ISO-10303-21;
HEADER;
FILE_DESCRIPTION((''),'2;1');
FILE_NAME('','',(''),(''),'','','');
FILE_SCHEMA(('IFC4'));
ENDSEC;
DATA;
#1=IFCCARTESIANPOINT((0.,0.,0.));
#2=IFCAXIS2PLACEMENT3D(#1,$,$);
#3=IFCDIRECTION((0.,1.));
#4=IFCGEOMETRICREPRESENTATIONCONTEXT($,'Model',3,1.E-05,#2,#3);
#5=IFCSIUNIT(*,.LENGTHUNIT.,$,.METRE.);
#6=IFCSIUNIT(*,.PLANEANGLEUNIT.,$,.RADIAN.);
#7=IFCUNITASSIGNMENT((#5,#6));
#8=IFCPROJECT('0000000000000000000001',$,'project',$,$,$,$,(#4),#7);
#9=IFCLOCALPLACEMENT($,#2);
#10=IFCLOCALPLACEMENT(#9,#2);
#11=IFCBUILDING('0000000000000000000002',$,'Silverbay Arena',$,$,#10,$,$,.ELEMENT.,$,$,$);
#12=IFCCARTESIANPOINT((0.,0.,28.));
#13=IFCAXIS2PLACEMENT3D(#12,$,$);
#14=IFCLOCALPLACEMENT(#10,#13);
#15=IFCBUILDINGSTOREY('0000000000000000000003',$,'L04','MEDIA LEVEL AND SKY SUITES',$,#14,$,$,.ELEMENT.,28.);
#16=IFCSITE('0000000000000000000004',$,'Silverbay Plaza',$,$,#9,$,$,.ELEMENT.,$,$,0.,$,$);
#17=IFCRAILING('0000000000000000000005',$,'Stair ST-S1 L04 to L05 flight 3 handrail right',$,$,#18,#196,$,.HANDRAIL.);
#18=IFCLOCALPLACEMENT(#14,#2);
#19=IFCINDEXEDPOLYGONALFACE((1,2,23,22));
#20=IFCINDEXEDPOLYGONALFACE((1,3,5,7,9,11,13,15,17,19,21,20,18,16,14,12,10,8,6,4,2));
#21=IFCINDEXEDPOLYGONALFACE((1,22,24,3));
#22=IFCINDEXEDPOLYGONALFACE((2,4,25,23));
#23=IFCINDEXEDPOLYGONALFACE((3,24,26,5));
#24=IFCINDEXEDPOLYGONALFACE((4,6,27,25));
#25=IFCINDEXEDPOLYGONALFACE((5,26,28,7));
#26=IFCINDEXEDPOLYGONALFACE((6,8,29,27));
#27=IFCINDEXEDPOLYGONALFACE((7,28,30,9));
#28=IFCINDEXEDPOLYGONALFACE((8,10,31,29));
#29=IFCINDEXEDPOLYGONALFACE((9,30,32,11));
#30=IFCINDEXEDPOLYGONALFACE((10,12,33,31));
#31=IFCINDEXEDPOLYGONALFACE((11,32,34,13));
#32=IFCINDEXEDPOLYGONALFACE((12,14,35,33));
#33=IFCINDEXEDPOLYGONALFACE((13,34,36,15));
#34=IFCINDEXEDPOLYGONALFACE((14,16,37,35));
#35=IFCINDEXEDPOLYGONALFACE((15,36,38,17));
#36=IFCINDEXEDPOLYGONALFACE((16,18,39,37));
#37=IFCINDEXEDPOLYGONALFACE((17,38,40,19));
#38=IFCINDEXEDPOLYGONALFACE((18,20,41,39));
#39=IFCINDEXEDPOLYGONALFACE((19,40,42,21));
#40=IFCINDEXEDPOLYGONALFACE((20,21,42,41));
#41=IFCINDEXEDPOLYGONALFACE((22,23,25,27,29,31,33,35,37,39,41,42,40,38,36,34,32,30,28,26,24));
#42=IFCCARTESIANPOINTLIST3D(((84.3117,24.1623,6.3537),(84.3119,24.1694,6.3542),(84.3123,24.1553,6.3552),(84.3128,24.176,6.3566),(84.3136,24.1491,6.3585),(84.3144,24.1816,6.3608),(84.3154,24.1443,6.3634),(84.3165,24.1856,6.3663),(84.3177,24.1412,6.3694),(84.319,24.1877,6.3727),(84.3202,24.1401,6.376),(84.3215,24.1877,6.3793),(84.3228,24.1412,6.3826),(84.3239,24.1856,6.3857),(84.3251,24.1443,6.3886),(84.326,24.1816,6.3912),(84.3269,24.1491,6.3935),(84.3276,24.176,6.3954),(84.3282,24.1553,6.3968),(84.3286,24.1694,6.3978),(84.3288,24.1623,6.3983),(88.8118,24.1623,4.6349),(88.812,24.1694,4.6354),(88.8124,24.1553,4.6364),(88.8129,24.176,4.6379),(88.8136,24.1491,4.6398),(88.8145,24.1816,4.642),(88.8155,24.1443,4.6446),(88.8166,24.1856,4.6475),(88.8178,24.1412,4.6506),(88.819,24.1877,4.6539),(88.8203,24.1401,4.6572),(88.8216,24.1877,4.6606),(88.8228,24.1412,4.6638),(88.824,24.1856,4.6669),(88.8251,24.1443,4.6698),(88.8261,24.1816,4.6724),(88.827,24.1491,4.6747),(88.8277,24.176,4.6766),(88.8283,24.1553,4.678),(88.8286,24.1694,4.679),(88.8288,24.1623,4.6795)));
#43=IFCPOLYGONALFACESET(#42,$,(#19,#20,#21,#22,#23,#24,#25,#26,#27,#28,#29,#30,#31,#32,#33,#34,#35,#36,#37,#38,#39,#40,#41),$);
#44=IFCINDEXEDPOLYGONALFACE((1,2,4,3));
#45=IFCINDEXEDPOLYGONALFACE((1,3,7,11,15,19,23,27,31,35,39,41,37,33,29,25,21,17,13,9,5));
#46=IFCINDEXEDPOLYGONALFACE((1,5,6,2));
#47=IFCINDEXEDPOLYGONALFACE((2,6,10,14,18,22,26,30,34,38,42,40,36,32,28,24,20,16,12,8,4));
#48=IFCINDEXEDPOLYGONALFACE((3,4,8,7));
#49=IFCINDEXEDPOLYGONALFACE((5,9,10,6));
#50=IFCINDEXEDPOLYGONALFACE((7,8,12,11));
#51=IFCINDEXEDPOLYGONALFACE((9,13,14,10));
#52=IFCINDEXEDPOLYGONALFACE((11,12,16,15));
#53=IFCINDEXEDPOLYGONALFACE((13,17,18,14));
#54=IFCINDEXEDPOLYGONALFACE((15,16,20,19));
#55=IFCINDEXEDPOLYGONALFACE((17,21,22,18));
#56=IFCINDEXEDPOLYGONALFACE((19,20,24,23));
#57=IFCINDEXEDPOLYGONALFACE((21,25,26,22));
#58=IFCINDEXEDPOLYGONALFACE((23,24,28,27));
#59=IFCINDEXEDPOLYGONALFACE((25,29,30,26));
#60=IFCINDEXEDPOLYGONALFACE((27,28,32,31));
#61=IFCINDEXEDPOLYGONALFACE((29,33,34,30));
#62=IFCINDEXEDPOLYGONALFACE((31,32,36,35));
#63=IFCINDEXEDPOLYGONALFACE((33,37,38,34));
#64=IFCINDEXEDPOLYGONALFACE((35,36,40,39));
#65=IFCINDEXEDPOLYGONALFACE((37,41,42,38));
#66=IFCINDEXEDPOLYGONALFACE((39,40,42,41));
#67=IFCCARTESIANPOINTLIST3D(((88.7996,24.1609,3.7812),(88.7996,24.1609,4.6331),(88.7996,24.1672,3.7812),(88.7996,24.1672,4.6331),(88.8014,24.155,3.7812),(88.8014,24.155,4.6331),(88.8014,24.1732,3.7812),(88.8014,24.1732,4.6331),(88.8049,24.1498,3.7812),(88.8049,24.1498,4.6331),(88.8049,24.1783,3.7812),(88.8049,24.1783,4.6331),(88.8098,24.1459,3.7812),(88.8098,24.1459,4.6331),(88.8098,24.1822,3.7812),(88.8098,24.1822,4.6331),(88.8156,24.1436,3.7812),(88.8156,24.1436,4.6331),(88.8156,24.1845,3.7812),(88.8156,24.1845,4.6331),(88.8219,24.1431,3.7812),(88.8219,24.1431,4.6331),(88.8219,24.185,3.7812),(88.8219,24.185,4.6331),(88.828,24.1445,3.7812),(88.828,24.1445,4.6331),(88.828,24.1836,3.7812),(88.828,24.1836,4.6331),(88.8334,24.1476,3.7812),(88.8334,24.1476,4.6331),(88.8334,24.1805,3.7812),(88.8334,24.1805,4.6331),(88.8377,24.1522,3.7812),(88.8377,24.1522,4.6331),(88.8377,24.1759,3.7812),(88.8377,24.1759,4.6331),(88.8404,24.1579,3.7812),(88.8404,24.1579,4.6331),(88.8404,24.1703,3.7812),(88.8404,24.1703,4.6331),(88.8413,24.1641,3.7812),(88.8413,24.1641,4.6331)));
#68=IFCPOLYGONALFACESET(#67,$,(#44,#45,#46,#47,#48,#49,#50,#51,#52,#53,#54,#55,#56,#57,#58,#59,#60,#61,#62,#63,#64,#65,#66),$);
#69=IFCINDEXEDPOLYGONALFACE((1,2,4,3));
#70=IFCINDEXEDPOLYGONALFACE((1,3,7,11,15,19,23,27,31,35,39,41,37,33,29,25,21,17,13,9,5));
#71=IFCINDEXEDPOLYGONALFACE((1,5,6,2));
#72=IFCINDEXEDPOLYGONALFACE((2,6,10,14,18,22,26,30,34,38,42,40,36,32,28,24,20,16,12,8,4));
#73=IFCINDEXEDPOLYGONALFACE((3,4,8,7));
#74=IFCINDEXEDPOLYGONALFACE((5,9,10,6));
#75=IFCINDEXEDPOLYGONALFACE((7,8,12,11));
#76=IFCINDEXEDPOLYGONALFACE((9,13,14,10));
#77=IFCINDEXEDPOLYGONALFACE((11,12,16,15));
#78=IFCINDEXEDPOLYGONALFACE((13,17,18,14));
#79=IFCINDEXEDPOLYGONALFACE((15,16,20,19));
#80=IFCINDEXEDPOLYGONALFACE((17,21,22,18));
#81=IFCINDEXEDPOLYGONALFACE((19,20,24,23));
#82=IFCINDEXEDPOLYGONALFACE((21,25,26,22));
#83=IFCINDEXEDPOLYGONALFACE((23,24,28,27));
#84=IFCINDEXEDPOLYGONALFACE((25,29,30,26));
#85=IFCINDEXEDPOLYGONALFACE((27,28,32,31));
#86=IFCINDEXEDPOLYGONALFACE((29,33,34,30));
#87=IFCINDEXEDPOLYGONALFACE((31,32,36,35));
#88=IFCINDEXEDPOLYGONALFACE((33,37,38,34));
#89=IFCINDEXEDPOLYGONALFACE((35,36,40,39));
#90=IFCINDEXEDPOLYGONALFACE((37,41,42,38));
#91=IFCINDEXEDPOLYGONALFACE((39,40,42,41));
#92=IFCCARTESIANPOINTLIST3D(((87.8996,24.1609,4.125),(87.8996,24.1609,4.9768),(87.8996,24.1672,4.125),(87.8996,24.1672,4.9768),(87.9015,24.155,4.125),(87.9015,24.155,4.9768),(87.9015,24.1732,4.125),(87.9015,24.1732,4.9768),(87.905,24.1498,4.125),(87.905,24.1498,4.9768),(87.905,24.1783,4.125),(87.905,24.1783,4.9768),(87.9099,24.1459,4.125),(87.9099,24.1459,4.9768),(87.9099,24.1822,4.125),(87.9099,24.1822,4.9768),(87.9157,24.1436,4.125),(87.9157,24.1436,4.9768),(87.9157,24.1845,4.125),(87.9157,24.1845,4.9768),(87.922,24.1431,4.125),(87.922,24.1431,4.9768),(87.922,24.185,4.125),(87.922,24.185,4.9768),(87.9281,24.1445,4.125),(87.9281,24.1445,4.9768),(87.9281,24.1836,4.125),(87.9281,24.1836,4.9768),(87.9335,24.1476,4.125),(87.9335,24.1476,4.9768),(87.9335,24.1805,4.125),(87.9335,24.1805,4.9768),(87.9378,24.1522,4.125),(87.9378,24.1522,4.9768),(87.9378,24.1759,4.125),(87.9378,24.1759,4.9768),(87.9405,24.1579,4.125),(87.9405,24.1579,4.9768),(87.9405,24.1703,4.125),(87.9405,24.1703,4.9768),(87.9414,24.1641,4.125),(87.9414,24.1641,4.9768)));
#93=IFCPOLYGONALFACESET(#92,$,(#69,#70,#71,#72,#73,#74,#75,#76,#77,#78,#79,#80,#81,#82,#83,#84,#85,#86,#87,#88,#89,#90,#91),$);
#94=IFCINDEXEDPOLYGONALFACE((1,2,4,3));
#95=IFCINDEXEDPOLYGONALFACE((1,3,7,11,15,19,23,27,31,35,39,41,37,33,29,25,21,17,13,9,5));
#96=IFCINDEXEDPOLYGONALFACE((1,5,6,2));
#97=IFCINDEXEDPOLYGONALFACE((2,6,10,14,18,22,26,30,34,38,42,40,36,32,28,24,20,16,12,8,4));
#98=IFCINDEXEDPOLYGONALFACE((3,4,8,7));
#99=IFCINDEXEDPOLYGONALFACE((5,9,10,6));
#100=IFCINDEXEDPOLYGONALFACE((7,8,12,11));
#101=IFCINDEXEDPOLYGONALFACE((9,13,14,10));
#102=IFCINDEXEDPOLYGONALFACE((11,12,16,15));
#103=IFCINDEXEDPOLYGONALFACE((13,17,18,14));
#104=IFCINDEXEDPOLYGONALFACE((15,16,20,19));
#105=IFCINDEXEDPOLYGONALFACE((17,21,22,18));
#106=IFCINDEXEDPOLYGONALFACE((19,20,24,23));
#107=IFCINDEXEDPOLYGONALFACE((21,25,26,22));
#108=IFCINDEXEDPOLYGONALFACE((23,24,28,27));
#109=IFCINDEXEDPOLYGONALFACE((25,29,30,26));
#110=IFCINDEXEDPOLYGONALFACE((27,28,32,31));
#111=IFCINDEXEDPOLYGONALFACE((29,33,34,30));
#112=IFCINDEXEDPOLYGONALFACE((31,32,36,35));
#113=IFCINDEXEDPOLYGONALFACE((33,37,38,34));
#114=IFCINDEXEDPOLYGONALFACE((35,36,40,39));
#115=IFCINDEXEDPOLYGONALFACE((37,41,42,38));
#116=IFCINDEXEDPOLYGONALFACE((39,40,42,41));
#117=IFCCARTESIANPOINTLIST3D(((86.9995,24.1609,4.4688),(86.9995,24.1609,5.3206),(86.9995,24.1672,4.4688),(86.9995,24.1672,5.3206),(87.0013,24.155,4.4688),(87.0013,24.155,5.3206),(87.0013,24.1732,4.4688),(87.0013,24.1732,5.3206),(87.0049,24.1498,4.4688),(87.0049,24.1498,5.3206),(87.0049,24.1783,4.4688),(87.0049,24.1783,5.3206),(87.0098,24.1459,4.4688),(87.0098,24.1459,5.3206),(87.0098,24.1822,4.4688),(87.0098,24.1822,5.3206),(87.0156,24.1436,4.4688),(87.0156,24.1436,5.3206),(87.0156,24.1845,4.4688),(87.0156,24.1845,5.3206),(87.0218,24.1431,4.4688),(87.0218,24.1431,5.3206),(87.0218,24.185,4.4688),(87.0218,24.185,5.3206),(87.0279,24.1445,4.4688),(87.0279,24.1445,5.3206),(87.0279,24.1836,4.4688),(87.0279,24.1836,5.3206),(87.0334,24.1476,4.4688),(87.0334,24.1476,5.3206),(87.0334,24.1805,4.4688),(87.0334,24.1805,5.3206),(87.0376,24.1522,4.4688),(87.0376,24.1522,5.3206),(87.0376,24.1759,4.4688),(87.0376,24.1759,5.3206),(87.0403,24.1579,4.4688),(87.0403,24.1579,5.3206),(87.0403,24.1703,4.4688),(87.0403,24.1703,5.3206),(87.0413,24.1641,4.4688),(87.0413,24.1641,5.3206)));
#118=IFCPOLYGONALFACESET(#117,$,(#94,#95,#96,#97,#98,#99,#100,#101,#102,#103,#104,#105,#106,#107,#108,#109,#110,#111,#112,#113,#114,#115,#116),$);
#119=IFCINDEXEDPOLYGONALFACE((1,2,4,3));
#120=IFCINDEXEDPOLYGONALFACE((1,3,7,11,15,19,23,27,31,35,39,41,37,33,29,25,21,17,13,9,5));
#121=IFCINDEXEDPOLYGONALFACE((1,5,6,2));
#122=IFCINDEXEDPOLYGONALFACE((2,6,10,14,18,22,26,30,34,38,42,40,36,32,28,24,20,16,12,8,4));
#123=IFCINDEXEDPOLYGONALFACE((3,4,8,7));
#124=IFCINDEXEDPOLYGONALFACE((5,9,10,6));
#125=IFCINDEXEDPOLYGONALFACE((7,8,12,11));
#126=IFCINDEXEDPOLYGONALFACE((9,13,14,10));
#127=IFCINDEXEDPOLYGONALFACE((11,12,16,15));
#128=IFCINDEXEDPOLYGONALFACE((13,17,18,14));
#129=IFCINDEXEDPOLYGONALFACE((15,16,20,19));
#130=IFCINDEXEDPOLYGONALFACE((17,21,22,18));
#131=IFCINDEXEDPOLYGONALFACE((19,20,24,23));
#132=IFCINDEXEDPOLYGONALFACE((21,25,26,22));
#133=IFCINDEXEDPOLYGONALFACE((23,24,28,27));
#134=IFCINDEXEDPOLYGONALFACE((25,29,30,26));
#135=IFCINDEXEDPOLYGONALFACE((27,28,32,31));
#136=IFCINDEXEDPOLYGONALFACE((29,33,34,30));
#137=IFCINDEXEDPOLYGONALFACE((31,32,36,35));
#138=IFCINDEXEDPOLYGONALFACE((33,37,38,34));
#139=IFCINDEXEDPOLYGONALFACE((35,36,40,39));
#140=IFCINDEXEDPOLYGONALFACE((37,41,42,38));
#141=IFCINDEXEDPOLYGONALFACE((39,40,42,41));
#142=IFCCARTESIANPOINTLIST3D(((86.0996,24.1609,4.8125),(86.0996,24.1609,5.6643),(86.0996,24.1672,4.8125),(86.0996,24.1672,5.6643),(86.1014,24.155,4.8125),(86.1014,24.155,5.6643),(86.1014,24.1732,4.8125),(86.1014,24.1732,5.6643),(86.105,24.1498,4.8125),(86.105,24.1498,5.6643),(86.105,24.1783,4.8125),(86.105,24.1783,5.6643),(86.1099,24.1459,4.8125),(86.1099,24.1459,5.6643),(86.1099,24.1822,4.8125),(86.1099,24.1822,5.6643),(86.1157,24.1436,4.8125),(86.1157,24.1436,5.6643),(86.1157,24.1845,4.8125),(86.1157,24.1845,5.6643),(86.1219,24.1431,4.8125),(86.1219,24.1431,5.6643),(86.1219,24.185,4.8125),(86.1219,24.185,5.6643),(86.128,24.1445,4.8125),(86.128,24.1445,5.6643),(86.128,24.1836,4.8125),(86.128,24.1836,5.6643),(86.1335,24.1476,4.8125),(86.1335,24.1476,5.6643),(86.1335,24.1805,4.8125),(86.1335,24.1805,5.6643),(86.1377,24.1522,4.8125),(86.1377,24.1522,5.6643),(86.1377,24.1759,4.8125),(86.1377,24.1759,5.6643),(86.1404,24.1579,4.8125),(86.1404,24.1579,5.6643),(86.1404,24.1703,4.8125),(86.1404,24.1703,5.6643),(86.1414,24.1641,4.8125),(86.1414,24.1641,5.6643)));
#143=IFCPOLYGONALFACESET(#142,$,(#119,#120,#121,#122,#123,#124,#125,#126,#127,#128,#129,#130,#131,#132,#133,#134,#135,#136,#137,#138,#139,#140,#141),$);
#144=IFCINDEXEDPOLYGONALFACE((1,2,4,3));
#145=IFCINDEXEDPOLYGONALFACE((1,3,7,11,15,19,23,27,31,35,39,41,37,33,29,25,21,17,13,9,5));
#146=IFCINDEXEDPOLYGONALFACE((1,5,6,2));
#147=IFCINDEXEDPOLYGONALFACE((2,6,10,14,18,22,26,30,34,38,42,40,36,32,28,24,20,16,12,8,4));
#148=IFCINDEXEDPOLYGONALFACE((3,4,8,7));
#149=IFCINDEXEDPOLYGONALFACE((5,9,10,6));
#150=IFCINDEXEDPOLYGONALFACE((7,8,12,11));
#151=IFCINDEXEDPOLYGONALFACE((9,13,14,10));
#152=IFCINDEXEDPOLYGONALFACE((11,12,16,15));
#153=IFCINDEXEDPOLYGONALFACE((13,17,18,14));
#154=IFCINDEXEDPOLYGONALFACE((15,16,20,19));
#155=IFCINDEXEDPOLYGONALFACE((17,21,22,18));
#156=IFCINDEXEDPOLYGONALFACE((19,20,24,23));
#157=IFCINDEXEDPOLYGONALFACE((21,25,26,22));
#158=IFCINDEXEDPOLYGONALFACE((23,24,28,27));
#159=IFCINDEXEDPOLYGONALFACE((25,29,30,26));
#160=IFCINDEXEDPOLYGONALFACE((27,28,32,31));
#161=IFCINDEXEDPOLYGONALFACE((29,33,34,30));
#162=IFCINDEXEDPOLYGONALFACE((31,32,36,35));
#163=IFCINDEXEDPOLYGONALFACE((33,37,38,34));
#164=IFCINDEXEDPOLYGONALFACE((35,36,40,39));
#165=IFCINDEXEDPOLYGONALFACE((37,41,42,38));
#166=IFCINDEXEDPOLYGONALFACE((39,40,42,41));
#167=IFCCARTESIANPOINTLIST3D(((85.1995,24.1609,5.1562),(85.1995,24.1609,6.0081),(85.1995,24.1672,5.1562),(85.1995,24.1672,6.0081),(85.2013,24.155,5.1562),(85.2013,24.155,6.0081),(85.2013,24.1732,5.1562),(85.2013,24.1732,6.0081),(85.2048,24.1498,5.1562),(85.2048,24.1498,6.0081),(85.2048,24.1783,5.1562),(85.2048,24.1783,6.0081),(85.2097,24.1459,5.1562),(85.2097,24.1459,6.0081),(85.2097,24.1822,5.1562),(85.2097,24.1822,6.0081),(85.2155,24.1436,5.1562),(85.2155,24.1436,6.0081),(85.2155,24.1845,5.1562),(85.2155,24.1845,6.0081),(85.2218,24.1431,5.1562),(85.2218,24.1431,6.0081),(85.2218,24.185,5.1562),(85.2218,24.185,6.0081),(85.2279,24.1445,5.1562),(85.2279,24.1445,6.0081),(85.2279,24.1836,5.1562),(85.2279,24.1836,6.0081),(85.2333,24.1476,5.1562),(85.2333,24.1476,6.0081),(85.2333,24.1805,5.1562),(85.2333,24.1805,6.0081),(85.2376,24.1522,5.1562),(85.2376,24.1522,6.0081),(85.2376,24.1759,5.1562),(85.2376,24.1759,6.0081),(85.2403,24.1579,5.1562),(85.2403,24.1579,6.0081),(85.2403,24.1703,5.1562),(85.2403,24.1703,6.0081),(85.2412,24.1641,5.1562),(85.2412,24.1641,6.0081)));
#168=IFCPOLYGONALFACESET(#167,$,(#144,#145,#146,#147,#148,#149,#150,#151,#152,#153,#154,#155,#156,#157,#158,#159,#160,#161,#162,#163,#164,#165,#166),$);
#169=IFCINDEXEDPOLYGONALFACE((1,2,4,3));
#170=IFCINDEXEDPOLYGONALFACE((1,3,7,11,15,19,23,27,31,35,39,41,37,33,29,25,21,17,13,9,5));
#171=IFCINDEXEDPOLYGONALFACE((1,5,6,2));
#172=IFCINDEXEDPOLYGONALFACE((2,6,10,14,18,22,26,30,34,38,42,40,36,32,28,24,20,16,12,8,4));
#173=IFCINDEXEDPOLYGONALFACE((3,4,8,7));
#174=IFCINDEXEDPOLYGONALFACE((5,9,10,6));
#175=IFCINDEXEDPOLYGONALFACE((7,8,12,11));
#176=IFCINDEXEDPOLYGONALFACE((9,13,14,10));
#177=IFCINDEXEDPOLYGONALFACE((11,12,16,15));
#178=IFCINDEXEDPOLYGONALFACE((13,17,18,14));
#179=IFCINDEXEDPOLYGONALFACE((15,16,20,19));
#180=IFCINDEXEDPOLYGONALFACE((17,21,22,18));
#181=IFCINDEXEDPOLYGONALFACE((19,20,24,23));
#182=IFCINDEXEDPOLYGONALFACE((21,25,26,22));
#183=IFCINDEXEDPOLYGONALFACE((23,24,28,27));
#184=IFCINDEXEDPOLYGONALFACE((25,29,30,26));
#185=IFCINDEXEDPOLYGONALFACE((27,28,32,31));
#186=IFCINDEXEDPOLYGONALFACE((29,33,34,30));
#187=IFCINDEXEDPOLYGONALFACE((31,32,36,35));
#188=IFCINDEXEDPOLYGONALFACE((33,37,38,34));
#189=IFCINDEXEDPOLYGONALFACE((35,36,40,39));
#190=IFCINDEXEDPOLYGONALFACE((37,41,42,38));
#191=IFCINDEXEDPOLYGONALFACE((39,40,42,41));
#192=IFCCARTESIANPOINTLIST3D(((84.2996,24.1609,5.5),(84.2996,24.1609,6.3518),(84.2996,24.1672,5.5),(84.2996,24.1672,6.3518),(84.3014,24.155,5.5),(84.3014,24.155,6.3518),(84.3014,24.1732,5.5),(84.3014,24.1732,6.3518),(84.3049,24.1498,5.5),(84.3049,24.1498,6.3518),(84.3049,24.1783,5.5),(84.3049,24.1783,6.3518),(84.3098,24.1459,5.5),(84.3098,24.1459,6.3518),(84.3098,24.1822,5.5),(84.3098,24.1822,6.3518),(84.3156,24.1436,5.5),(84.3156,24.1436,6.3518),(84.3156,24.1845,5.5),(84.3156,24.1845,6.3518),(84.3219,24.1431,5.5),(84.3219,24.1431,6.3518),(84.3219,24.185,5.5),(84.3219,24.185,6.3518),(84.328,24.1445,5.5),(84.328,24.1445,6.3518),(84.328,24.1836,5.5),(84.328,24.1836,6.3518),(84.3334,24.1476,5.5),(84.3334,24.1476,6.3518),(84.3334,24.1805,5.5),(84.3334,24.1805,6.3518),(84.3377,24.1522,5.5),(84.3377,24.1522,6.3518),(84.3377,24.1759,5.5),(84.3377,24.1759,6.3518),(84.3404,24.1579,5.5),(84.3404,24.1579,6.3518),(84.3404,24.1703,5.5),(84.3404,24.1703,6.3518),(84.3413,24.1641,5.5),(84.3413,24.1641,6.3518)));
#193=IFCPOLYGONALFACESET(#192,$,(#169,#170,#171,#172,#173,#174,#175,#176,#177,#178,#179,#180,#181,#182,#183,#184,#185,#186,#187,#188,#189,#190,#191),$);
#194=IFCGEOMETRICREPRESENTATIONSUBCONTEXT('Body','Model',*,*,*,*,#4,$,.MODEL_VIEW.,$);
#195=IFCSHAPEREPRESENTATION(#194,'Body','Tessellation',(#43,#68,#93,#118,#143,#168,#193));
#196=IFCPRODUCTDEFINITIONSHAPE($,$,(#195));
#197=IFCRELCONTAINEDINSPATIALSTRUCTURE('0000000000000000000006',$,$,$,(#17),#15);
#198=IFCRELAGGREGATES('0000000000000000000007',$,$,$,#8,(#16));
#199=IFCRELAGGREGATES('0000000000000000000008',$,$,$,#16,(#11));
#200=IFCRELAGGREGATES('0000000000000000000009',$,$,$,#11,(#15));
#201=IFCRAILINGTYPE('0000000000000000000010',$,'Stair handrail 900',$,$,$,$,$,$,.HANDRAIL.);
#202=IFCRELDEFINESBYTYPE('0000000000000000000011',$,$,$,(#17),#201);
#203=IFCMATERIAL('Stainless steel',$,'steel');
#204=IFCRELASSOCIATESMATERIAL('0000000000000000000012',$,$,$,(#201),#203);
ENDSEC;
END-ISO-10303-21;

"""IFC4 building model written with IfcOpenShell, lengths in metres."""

from ifc_helpers import new_model, si_unit, direction, frame, origin, origin_2d, place, context, subcontext, project, spatial, circle, extrude, material, type_object, element, save


model = new_model("IFC4")

# Units and contexts
model_context = context("Model", 3, precision=1e-05, world=origin(), true_north=direction((0.0, 1.0)))
body_context = subcontext(model_context, "Body", "Model", "MODEL_VIEW")
ifc_project = project(units=[si_unit("LENGTHUNIT", "METRE"), si_unit("PLANEANGLEUNIT", "RADIAN")], contexts=[model_context])

# Site, building, storey
site_placement = place(None, origin())
site = spatial("IfcSite", under=ifc_project, at=site_placement, Name="Silverbay Plaza", CompositionType="ELEMENT", RefElevation=0.0)
building_placement = place(site_placement, origin())
building = spatial("IfcBuilding", under=site, at=building_placement, Name="Silverbay Arena", CompositionType="ELEMENT")
storey_placement = place(building_placement, frame((0.0, 0.0, 28.0)))
storey = spatial("IfcBuildingStorey", under=building, at=storey_placement, Name="L04", Description="MEDIA LEVEL AND SKY SUITES", CompositionType="ELEMENT", Elevation=28.0)

# Railing
ifc_material_1 = material(Name="Stainless steel", Category="steel")
railing_type_1 = type_object("IfcRailingType", Name="Stair handrail 900", PredefinedType="HANDRAIL", material=ifc_material_1)
for number, where, name in (
    (1, (88.8203, 24.1641, 3.7812), "Stair ST-S1 L04 to L05 flight 3 handrail right"),
):
    element("IfcRailing", number, at=place(storey_placement, frame(where)), inside=storey, type_object=railing_type_1, Name=name, PredefinedType="HANDRAIL", context=body_context, shape_type="SweptSolid", body=[
        extrude(circle(Radius=0.0239, at=origin_2d()), frame((0.0, 0.0, 0.876), z_axis=(-0.934179, 0.0, 0.356805), x_axis=(0.0, -1.0, 0.0)), (0.0, 0.0, 1.0), 4.8171),
        extrude(circle(Radius=0.021, at=origin_2d()), origin(), (0.0, 0.0, 1.0), 0.8518),
        extrude(circle(Radius=0.021, at=origin_2d()), frame((-0.8999, 0.0, 0.3438)), (0.0, 0.0, 1.0), 0.8518),
        extrude(circle(Radius=0.021, at=origin_2d()), frame((-1.8, 0.0, 0.6875)), (0.0, 0.0, 1.0), 0.8518),
        extrude(circle(Radius=0.021, at=origin_2d()), frame((-2.7, 0.0, 1.0312)), (0.0, 0.0, 1.0), 0.8518),
        extrude(circle(Radius=0.021, at=origin_2d()), frame((-3.6001, 0.0, 1.375)), (0.0, 0.0, 1.0), 0.8518),
        extrude(circle(Radius=0.021, at=origin_2d()), frame((-4.5, 0.0, 1.7188)), (0.0, 0.0, 1.0), 0.8518),
    ])

save(model, "model.ifc")
